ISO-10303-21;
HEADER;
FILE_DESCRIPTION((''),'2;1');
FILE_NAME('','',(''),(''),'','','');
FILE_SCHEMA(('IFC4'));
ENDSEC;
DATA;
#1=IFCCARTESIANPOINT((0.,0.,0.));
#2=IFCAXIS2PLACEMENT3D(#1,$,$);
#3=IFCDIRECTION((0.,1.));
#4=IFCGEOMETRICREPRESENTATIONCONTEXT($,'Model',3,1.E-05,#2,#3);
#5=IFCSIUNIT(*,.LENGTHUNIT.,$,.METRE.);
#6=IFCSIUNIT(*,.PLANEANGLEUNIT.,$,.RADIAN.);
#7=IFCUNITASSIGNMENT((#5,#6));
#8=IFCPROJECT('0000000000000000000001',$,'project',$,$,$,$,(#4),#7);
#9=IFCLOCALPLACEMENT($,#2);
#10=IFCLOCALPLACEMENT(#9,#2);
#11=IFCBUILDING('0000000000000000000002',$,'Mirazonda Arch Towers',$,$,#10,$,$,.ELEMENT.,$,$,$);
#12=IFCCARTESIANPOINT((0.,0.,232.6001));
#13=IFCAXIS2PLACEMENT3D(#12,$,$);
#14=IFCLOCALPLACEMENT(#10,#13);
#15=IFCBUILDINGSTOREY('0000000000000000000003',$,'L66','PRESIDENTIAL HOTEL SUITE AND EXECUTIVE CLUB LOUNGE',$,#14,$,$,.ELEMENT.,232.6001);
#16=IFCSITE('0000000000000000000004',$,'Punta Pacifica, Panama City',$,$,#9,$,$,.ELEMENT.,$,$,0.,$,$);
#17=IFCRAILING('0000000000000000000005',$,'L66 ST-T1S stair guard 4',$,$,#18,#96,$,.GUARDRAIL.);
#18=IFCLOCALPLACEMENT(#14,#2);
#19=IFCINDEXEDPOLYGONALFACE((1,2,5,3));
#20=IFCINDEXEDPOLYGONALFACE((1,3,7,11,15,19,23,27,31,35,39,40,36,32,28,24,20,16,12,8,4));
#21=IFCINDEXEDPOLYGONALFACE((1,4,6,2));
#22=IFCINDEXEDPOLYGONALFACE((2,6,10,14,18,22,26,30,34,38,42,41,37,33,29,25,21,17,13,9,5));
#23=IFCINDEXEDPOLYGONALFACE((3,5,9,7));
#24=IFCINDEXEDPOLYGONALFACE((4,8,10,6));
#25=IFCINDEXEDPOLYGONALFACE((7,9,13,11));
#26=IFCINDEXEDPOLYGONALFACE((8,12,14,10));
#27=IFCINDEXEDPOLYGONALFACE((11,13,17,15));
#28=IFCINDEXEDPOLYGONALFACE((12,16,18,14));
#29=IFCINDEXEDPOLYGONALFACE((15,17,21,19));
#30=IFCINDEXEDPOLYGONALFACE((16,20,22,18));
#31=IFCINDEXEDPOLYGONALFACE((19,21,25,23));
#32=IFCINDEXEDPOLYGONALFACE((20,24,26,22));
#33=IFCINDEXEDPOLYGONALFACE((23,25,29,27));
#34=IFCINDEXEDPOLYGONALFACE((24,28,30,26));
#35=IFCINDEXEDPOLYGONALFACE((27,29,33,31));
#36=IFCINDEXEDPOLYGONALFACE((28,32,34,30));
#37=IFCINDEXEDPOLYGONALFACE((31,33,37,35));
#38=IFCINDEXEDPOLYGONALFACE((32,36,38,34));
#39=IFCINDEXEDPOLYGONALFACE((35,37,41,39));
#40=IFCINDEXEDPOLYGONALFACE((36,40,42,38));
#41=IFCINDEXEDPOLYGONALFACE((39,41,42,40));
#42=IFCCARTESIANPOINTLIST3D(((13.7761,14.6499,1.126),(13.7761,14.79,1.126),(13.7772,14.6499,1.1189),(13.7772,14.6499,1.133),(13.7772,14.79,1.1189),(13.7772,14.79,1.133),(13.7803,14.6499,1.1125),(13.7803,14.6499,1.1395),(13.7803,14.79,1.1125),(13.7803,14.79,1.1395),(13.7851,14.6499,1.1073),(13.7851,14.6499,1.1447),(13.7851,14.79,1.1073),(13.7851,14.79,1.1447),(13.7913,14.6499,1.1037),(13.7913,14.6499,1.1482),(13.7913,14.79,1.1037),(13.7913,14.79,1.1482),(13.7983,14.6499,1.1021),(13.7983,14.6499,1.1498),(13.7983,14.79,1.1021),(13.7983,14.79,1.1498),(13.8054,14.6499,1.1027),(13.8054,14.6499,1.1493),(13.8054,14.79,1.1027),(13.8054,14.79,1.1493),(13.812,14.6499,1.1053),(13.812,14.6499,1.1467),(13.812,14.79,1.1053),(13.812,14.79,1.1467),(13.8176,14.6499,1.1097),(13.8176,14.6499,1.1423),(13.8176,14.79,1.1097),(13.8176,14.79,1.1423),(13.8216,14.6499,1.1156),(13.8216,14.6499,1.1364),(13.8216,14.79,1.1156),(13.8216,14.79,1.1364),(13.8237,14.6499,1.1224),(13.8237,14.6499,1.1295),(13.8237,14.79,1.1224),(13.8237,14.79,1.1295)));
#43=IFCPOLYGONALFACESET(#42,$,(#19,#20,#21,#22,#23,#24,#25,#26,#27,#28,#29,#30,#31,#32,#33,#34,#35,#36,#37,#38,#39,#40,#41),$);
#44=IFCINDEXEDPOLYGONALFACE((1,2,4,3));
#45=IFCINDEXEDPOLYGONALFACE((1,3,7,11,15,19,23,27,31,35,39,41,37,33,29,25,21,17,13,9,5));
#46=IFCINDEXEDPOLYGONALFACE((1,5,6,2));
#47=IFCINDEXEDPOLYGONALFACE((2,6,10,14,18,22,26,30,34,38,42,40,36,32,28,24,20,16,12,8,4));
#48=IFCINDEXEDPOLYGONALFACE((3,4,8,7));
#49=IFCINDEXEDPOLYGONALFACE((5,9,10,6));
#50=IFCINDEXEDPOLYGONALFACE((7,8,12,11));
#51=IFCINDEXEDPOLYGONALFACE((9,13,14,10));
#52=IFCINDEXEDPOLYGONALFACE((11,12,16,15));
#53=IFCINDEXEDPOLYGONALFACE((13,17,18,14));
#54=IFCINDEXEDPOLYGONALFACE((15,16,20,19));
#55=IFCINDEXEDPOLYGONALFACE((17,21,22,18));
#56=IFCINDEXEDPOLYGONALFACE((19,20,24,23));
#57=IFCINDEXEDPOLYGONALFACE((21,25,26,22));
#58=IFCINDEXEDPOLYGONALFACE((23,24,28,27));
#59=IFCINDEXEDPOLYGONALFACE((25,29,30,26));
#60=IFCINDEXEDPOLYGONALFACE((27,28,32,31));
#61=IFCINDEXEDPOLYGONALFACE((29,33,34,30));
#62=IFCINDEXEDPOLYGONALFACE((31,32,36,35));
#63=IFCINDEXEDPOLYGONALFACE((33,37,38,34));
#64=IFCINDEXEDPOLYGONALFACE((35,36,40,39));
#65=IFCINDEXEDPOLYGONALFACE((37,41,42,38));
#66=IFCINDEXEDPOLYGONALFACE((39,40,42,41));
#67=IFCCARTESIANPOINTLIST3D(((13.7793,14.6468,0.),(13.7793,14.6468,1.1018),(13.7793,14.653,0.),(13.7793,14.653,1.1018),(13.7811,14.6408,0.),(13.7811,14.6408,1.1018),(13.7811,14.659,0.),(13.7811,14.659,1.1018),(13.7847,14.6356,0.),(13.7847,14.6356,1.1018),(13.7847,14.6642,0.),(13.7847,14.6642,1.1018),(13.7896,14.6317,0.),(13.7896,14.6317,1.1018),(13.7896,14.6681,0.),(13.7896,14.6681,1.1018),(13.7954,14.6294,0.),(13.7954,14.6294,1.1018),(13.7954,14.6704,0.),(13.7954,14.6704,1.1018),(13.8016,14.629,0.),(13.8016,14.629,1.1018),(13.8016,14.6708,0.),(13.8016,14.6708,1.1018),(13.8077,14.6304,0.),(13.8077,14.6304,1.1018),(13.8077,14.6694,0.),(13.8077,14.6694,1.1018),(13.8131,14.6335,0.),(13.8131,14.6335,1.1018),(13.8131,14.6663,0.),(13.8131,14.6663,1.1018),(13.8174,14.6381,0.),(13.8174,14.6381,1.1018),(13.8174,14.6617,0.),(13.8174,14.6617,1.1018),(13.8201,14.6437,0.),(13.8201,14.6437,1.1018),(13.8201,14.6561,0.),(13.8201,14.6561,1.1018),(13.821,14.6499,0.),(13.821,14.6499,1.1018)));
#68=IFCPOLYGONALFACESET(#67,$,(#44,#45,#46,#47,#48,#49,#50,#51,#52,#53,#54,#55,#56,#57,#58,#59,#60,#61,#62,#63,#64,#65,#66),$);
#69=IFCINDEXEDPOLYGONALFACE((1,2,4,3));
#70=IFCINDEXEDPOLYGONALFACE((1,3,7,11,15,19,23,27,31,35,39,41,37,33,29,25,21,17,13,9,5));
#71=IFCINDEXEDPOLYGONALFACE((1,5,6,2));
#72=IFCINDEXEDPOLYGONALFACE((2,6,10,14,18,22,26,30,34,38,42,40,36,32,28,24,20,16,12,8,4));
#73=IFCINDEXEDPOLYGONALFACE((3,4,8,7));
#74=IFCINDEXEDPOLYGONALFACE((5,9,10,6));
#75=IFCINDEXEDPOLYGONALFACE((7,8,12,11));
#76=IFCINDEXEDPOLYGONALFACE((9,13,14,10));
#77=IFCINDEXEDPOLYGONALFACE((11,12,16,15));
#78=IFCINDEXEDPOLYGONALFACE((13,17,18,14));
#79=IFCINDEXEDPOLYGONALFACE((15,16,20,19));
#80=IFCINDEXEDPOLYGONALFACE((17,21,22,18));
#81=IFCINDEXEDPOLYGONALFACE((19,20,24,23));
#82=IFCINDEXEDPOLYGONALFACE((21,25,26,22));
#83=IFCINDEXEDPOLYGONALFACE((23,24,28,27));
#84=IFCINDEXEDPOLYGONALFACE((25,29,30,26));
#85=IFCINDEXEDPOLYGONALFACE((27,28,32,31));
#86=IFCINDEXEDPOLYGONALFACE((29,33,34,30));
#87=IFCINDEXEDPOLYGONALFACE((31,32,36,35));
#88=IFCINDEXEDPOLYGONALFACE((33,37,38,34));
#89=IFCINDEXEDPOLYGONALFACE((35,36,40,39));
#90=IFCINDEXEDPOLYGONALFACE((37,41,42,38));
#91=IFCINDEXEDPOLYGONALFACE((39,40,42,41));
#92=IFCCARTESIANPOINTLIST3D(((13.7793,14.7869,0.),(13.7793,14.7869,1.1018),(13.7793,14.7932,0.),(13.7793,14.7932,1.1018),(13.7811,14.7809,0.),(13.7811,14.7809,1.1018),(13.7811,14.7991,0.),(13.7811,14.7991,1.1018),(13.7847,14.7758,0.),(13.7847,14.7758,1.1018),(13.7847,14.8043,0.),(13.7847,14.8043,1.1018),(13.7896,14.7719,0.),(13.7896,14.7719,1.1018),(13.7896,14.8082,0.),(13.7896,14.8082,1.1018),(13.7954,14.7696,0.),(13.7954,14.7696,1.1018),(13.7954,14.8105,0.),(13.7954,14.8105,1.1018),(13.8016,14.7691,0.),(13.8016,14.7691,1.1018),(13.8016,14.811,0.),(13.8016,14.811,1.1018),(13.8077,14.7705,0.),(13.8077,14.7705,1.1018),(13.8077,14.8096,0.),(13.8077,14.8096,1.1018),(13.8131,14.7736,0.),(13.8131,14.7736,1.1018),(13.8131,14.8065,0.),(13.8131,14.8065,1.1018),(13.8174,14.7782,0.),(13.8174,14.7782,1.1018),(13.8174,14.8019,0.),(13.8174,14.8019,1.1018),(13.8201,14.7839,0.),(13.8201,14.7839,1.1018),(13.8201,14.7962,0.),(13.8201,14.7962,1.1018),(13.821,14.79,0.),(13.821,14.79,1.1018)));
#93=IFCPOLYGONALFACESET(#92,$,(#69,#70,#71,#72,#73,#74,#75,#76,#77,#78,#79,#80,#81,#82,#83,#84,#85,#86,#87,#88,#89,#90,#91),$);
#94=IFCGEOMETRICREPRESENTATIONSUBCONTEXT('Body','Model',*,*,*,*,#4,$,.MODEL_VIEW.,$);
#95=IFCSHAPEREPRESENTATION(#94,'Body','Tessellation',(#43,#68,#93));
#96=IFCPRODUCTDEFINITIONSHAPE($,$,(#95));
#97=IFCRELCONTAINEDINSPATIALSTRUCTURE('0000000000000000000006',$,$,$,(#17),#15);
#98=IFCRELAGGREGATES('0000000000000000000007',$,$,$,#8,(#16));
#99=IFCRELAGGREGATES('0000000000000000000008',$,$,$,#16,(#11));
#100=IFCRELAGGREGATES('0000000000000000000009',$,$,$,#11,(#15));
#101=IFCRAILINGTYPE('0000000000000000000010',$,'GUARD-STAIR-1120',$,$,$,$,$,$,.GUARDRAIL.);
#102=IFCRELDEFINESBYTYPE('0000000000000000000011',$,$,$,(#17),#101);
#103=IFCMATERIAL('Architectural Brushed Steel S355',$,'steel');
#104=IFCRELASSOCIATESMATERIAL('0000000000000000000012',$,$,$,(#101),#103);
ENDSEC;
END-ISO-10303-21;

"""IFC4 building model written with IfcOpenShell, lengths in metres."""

from ifc_helpers import new_model, si_unit, direction, frame, origin, origin_2d, place, context, subcontext, project, spatial, circle, extrude, material, type_object, element, save


model = new_model("IFC4")

# Units and contexts
model_context = context("Model", 3, precision=1e-05, world=origin(), true_north=direction((0.0, 1.0)))
body_context = subcontext(model_context, "Body", "Model", "MODEL_VIEW")
ifc_project = project(units=[si_unit("LENGTHUNIT", "METRE"), si_unit("PLANEANGLEUNIT", "RADIAN")], contexts=[model_context])

# Site, building, storey
site_placement = place(None, origin())
site = spatial("IfcSite", under=ifc_project, at=site_placement, Name="Punta Pacifica, Panama City", CompositionType="ELEMENT", RefElevation=0.0)
building_placement = place(site_placement, origin())
building = spatial("IfcBuilding", under=site, at=building_placement, Name="Mirazonda Arch Towers", CompositionType="ELEMENT")
storey_placement = place(building_placement, frame((0.0, 0.0, 232.6001)))
storey = spatial("IfcBuildingStorey", under=building, at=storey_placement, Name="L66", Description="PRESIDENTIAL HOTEL SUITE AND EXECUTIVE CLUB LOUNGE", CompositionType="ELEMENT", Elevation=232.6001)

# Shared definitions
ifc_material_1 = material(Name="Architectural Brushed Steel S355", Category="steel")

# Railing
railing_type_1 = type_object("IfcRailingType", Name="GUARD-STAIR-1120", PredefinedType="GUARDRAIL", material=ifc_material_1)
railing_1_placement = place(storey_placement, frame((13.8, 14.6499, 0.0)))
element("IfcRailing", 1, at=railing_1_placement, inside=storey, type_object=railing_type_1, Name="L66 ST-T1S stair guard 4", PredefinedType="GUARDRAIL", context=body_context, shape_type="SweptSolid", body=[
    extrude(circle(Radius=0.0239, at=origin_2d()), frame((0.0, 0.0, 1.126), z_axis=(0.0, 1.0, 0.0), x_axis=(-1.0, 0.0, 0.0)), (0.0, 0.0, 1.0), 0.1401),
    extrude(circle(Radius=0.021, at=origin_2d()), origin(), (0.0, 0.0, 1.0), 1.1018),
    extrude(circle(Radius=0.021, at=origin_2d()), frame((0.0, 0.1401, 0.0)), (0.0, 0.0, 1.0), 1.1018),
])

save(model, "model.ifc")
